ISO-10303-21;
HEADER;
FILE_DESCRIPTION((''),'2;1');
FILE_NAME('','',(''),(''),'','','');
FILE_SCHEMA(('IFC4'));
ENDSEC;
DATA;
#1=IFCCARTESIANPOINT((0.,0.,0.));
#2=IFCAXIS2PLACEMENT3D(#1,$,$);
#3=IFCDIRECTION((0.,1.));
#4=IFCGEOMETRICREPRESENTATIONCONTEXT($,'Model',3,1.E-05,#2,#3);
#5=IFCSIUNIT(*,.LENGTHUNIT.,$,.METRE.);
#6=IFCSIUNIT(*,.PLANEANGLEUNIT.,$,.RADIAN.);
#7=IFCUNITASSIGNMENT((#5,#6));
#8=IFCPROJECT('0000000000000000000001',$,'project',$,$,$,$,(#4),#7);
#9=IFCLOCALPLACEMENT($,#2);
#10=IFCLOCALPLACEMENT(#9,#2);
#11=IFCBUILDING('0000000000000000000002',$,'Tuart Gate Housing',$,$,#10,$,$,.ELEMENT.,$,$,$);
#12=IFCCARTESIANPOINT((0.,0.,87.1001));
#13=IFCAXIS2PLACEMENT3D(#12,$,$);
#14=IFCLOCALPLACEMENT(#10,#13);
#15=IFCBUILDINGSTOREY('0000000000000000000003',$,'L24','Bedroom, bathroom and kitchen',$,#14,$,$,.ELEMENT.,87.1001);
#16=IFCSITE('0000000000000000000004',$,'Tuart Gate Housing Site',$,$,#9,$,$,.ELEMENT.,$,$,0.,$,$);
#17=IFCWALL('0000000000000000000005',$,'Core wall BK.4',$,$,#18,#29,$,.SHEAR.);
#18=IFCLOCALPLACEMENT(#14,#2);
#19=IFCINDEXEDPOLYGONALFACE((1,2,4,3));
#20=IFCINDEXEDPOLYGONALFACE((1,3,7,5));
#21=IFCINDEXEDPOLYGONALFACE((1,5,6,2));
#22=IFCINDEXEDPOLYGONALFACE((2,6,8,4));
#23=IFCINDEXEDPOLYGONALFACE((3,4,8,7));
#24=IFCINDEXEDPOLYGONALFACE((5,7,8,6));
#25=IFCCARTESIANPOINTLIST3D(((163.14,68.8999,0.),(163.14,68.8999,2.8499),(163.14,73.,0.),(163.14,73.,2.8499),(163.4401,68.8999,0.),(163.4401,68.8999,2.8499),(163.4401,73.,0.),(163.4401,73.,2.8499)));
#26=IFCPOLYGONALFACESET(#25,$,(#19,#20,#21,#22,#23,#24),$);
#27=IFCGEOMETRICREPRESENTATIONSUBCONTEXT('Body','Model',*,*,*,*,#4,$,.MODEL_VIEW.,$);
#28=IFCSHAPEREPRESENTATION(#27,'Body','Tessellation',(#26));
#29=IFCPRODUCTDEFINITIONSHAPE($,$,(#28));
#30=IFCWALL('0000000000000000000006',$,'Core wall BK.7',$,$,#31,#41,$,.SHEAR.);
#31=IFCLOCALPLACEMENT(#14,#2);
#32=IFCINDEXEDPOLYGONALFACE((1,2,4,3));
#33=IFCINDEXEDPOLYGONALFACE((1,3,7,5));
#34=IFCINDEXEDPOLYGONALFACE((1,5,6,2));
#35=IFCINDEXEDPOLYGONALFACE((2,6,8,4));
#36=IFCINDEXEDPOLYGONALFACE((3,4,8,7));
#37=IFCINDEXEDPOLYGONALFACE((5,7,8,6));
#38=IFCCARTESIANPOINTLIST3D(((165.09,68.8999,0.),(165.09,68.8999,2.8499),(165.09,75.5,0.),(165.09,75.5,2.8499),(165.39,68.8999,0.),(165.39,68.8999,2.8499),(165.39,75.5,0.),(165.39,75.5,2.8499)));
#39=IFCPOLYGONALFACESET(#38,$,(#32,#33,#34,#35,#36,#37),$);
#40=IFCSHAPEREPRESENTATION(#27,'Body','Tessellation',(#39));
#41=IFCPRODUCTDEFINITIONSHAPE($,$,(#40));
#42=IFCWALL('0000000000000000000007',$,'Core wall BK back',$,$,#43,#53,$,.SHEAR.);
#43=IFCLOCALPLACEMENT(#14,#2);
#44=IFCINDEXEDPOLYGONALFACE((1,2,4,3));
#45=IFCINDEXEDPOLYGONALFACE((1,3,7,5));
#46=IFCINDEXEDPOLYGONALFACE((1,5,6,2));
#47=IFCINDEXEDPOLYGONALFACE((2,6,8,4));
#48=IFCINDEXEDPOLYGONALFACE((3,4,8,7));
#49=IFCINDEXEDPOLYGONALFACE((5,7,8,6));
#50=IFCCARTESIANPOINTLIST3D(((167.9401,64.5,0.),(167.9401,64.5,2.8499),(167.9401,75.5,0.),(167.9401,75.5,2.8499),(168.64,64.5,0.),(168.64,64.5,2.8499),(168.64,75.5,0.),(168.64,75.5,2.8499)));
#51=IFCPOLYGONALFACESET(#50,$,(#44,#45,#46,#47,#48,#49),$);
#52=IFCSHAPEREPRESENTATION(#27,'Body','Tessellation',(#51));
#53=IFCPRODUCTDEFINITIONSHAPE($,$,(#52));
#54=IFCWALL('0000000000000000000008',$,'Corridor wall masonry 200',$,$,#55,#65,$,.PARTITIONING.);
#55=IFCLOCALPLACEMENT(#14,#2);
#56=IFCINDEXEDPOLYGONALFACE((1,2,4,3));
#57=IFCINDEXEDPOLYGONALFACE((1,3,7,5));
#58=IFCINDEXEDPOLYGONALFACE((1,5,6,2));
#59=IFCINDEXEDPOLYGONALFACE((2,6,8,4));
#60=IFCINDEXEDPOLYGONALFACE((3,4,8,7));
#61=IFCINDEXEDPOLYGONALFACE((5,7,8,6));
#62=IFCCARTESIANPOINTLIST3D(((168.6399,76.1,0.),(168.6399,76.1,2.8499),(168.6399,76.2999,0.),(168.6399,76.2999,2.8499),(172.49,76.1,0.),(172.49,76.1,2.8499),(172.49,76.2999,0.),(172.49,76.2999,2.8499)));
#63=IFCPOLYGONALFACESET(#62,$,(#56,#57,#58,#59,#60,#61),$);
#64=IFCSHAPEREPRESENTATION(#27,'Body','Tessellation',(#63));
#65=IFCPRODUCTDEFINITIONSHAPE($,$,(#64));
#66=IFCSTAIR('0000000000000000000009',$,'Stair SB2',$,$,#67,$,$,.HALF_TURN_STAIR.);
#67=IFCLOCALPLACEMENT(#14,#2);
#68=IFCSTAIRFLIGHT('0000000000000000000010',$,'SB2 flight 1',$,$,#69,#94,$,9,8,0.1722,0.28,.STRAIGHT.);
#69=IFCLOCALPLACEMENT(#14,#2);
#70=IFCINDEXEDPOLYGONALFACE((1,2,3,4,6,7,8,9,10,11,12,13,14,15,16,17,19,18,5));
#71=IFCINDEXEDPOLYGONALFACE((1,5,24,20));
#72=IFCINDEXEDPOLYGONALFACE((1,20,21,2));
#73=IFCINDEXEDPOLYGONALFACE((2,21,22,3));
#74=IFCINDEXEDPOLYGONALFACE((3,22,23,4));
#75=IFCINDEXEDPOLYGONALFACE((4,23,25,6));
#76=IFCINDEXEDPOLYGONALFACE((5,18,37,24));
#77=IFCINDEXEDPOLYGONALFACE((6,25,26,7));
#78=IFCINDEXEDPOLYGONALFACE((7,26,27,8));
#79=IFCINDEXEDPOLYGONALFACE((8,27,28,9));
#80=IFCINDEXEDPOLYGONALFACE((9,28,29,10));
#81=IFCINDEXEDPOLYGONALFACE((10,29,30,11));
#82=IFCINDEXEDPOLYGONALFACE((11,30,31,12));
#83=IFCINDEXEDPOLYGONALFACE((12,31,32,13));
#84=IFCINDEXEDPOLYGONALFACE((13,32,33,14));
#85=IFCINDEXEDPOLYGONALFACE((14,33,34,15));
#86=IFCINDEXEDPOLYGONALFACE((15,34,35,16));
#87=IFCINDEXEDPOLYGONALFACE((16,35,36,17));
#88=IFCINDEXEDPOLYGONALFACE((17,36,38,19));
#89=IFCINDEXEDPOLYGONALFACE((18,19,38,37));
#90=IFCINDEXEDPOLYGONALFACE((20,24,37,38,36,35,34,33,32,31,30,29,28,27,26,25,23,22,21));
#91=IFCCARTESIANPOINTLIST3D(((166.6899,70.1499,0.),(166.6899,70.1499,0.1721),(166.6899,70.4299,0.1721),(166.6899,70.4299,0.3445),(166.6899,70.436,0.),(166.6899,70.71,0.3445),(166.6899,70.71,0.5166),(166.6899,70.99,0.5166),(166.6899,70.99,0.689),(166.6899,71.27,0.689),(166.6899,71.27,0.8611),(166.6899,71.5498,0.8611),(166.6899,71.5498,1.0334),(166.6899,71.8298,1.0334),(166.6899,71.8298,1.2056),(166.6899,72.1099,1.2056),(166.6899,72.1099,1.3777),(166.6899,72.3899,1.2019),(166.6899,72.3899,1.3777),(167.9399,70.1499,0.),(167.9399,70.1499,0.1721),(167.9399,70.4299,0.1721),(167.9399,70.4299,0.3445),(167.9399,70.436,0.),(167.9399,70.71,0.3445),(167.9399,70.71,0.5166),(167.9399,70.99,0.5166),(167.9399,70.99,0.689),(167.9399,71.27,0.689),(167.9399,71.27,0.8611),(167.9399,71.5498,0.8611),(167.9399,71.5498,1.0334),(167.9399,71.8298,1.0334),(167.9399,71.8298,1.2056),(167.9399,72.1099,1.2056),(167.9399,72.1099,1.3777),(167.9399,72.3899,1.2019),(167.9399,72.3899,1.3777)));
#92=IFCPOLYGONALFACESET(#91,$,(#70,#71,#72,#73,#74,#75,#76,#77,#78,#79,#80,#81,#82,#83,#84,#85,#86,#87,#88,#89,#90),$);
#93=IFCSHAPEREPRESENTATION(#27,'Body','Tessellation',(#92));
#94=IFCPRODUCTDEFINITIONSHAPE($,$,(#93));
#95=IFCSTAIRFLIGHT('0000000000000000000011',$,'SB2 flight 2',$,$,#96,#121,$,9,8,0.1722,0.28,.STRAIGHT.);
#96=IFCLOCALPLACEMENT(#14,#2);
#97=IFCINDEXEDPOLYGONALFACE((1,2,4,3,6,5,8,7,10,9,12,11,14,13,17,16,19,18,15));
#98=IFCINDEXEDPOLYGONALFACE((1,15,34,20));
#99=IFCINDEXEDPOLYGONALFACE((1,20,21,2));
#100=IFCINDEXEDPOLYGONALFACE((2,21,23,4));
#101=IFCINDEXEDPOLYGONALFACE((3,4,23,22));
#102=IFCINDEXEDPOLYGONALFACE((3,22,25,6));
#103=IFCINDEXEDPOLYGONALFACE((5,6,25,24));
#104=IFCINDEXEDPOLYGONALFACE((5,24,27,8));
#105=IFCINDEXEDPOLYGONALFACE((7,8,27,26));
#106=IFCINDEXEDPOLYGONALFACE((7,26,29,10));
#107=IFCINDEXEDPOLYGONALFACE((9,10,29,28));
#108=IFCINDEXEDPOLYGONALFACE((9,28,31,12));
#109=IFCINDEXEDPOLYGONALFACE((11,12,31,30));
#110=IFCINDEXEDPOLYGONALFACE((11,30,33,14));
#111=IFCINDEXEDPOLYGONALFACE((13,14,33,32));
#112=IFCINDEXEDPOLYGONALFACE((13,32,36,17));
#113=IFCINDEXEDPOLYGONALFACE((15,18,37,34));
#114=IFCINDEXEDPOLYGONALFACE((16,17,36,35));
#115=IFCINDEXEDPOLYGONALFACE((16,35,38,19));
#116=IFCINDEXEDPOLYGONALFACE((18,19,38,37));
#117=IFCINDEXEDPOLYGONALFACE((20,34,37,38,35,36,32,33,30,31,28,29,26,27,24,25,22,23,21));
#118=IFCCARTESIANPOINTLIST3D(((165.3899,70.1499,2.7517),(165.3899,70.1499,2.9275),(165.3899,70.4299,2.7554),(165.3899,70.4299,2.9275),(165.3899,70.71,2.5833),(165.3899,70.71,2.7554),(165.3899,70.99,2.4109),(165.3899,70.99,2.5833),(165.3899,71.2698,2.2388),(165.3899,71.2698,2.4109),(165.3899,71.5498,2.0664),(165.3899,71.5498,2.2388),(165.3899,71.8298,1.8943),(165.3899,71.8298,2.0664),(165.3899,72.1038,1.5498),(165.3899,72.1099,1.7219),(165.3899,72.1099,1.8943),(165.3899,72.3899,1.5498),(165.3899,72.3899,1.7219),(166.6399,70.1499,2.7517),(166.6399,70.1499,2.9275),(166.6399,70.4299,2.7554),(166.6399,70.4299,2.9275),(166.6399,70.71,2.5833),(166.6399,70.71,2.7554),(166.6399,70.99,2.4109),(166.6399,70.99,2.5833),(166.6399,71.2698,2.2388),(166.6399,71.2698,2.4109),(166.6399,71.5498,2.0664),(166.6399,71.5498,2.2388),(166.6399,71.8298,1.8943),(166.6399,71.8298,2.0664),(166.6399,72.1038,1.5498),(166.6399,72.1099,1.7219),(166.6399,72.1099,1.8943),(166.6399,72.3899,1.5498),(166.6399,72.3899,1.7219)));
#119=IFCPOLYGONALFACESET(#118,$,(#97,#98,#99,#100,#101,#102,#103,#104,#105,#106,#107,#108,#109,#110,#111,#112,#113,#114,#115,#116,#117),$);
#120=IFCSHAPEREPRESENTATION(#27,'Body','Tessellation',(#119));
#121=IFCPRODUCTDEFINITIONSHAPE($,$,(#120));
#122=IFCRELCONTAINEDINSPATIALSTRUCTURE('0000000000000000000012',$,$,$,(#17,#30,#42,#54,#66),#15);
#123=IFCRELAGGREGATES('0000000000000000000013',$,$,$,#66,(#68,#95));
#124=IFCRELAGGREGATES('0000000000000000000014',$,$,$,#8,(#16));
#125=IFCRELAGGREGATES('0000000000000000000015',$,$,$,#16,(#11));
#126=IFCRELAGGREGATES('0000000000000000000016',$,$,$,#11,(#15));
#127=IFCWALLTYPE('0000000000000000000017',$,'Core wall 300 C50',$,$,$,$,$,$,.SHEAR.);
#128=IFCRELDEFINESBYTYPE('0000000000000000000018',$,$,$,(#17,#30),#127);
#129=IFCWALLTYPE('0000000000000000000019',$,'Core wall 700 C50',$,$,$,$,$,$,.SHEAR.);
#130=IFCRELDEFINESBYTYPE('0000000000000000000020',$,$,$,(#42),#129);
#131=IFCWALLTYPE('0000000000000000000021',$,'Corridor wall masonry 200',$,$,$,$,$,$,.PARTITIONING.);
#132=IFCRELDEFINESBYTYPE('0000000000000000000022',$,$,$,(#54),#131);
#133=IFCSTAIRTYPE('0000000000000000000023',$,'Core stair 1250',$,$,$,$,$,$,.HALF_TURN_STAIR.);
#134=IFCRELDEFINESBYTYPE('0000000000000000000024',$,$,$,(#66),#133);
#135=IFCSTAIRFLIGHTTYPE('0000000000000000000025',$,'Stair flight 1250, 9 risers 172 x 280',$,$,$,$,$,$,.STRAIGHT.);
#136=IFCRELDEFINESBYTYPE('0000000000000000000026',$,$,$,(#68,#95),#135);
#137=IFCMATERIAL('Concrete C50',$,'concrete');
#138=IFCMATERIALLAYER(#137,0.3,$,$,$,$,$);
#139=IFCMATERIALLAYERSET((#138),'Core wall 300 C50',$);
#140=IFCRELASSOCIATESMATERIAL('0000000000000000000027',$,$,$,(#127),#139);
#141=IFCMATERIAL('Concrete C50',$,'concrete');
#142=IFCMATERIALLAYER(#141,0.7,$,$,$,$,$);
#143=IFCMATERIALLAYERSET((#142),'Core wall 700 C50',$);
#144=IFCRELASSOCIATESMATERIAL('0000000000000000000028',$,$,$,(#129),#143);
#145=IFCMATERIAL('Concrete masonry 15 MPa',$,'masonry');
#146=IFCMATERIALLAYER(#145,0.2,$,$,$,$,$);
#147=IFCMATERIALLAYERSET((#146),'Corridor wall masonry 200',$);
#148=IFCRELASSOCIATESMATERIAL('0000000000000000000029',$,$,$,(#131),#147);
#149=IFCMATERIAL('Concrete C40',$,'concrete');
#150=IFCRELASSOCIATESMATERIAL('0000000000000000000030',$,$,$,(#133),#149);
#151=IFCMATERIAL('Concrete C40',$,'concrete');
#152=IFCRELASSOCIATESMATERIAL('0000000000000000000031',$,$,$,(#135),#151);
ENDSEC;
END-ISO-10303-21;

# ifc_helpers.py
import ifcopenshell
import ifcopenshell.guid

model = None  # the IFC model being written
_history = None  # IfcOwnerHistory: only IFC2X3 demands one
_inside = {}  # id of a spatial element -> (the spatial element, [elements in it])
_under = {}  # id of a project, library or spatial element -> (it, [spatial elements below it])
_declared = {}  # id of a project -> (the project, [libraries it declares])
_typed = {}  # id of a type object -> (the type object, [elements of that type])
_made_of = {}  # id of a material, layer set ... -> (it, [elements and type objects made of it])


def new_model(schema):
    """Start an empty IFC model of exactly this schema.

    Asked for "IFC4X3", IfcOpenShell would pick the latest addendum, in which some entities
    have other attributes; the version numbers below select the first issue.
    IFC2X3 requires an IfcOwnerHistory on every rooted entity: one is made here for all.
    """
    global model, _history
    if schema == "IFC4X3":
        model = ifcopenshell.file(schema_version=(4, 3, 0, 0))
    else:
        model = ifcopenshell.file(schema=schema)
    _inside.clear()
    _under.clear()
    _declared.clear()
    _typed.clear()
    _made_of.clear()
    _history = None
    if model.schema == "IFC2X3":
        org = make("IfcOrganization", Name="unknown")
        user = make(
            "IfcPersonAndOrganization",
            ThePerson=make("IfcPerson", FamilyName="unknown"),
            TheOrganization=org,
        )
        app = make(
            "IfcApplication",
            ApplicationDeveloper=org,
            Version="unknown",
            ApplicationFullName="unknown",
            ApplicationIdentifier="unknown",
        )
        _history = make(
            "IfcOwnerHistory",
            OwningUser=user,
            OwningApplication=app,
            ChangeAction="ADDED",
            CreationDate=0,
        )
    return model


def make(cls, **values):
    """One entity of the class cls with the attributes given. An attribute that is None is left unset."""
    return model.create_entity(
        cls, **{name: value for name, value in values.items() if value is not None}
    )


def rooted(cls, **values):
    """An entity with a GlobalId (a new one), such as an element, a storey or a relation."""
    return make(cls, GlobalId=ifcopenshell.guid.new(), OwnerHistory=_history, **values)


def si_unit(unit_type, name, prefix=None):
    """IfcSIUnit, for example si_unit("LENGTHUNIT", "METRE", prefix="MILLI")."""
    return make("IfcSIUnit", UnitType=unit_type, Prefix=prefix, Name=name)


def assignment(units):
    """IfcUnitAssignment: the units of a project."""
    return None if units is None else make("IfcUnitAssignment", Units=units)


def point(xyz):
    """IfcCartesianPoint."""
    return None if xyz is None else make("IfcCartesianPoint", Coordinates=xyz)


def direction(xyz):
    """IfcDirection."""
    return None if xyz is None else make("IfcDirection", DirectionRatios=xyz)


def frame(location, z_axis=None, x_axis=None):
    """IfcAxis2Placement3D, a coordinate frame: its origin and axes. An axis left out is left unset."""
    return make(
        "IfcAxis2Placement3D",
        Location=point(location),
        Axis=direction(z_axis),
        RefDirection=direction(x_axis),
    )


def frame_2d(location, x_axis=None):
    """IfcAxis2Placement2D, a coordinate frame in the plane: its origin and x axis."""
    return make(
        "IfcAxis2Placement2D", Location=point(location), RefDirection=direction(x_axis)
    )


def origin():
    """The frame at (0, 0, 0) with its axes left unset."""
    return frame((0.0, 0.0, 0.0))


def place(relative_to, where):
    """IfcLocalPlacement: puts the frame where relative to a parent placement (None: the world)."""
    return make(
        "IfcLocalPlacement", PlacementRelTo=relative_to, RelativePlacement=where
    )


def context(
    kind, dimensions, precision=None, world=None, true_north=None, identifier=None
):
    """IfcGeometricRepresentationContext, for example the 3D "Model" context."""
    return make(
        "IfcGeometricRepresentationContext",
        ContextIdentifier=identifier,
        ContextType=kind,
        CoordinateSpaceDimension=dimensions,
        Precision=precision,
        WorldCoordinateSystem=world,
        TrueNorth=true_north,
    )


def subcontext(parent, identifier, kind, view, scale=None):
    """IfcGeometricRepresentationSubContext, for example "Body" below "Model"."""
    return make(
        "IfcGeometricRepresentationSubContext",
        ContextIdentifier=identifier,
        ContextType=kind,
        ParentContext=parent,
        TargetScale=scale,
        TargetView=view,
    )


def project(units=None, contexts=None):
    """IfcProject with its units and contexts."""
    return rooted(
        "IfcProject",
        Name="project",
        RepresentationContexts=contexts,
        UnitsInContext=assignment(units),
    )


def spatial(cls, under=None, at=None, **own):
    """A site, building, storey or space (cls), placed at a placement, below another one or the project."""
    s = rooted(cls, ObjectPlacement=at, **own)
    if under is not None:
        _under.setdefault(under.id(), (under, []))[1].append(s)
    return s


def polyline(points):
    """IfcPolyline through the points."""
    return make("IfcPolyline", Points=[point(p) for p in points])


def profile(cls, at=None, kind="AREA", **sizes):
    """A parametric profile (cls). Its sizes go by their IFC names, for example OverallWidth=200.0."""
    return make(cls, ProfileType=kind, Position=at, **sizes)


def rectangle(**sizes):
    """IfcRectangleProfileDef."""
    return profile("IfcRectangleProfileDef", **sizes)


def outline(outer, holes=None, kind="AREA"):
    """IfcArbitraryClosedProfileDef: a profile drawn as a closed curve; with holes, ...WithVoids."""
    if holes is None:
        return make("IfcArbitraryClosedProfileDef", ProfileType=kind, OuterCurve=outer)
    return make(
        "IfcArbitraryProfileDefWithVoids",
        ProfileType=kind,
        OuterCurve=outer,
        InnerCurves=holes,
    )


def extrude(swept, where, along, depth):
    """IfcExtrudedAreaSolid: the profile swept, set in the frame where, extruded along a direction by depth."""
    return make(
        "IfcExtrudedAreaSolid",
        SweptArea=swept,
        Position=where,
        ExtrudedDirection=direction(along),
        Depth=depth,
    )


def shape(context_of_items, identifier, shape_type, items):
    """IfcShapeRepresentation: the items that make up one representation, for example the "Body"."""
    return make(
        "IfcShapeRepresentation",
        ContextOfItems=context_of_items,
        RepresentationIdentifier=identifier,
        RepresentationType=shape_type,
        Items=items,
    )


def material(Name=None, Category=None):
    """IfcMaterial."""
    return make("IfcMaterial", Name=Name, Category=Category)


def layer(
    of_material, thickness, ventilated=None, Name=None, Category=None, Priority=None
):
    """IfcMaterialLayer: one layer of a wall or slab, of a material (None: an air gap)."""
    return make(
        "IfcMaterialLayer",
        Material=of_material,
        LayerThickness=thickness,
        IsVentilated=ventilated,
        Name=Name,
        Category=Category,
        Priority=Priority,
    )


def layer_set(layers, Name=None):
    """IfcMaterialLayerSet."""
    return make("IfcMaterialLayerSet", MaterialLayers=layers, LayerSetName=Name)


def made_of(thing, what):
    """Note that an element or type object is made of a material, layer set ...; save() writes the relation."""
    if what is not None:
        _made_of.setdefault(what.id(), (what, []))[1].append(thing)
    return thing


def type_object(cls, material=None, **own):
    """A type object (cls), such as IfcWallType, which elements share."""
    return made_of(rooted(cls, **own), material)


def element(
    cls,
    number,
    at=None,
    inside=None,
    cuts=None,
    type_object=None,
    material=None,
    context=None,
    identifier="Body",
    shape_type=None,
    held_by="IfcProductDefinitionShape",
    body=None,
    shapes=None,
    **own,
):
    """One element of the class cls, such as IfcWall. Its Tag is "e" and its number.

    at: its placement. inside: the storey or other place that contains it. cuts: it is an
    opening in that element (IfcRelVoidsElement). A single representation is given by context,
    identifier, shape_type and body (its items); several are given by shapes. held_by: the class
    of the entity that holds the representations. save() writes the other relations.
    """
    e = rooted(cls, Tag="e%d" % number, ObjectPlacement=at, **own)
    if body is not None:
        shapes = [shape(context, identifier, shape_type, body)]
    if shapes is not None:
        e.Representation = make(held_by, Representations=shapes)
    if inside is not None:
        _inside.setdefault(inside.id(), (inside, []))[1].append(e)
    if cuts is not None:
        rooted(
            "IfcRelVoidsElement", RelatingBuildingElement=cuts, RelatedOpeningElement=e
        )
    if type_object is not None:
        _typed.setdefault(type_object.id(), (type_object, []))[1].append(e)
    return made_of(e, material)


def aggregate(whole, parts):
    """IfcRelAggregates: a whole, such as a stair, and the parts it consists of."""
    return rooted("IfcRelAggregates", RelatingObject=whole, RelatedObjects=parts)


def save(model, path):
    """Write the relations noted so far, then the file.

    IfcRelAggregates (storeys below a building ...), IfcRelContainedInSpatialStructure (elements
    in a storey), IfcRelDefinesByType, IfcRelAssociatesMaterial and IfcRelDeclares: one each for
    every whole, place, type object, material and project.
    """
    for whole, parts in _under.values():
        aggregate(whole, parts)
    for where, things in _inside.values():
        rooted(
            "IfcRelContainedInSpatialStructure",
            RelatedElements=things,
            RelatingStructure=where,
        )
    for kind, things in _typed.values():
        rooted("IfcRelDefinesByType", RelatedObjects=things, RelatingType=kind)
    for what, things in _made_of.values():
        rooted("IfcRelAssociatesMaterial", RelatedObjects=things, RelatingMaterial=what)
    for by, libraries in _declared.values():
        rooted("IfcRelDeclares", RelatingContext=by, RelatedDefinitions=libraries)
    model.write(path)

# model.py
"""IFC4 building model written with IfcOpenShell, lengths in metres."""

from ifc_helpers import new_model, si_unit, direction, frame, frame_2d, origin, place, context, subcontext, project, spatial, polyline, rectangle, outline, extrude, material, layer, layer_set, type_object, element, aggregate, save


model = new_model("IFC4")

# Units and contexts
model_context = context("Model", 3, precision=1e-05, world=origin(), true_north=direction((0.0, 1.0)))
body_context = subcontext(model_context, "Body", "Model", "MODEL_VIEW")
ifc_project = project(units=[si_unit("LENGTHUNIT", "METRE"), si_unit("PLANEANGLEUNIT", "RADIAN")], contexts=[model_context])

# Site, building, storey
site_placement = place(None, origin())
site = spatial("IfcSite", under=ifc_project, at=site_placement, Name="Tuart Gate Housing Site", CompositionType="ELEMENT", RefElevation=0.0)
building_placement = place(site_placement, origin())
building = spatial("IfcBuilding", under=site, at=building_placement, Name="Tuart Gate Housing", CompositionType="ELEMENT")
storey_placement = place(building_placement, frame((0.0, 0.0, 87.1001)))
storey = spatial("IfcBuildingStorey", under=building, at=storey_placement, Name="L24", Description="Bedroom, bathroom and kitchen", CompositionType="ELEMENT", Elevation=87.1001)

# Walls
ifc_material_1 = material(Name="Concrete C50", Category="concrete")
ifc_layer_1 = layer(ifc_material_1, 0.3)
ifc_layer_set_1 = layer_set([ifc_layer_1], Name="Core wall 300 C50")
wall_type_1 = type_object("IfcWallType", Name="Core wall 300 C50", PredefinedType="SHEAR", material=ifc_layer_set_1)
wall_1_placement = place(storey_placement, frame((163.29, 73.0, 0.0), z_axis=(0.0, 0.0, 1.0), x_axis=(0.0, -1.0, 0.0)))
element("IfcWall", 1, at=wall_1_placement, inside=storey, type_object=wall_type_1, Name="Core wall BK.4", PredefinedType="SHEAR", context=body_context, shape_type="SweptSolid", body=[
    extrude(rectangle(XDim=4.1001, YDim=0.3, at=frame_2d((2.05, 0.0))), origin(), (0.0, 0.0, 1.0), 2.8499),
])
wall_2_placement = place(storey_placement, frame((165.24, 75.5, 0.0), z_axis=(0.0, 0.0, 1.0), x_axis=(0.0, -1.0, 0.0)))
element("IfcWall", 2, at=wall_2_placement, inside=storey, type_object=wall_type_1, Name="Core wall BK.7", PredefinedType="SHEAR", context=body_context, shape_type="SweptSolid", body=[
    extrude(rectangle(XDim=6.6001, YDim=0.3, at=frame_2d((3.3, 0.0))), origin(), (0.0, 0.0, 1.0), 2.8499),
])
ifc_material_2 = material(Name="Concrete C50", Category="concrete")
ifc_layer_2 = layer(ifc_material_2, 0.7)
ifc_layer_set_2 = layer_set([ifc_layer_2], Name="Core wall 700 C50")
wall_type_2 = type_object("IfcWallType", Name="Core wall 700 C50", PredefinedType="SHEAR", material=ifc_layer_set_2)
wall_3_placement = place(storey_placement, frame((168.29, 75.5, 0.0), z_axis=(0.0, 0.0, 1.0), x_axis=(0.0, -1.0, 0.0)))
element("IfcWall", 3, at=wall_3_placement, inside=storey, type_object=wall_type_2, Name="Core wall BK back", PredefinedType="SHEAR", context=body_context, shape_type="SweptSolid", body=[
    extrude(rectangle(XDim=11.0, YDim=0.7, at=frame_2d((5.5, 0.0))), origin(), (0.0, 0.0, 1.0), 2.8499),
])
ifc_material_3 = material(Name="Concrete masonry 15 MPa", Category="masonry")
ifc_layer_3 = layer(ifc_material_3, 0.2)
ifc_layer_set_3 = layer_set([ifc_layer_3], Name="Corridor wall masonry 200")
wall_type_3 = type_object("IfcWallType", Name="Corridor wall masonry 200", PredefinedType="PARTITIONING", material=ifc_layer_set_3)
wall_4_placement = place(storey_placement, frame((168.6399, 76.2, 0.0), z_axis=(0.0, 0.0, 1.0), x_axis=(1.0, 0.0, 0.0)))
element("IfcWall", 4, at=wall_4_placement, inside=storey, type_object=wall_type_3, Name="Corridor wall masonry 200", PredefinedType="PARTITIONING", context=body_context, shape_type="SweptSolid", body=[
    extrude(rectangle(XDim=3.8501, YDim=0.2, at=frame_2d((1.925, 0.0))), origin(), (0.0, 0.0, 1.0), 2.8499),
])

# Stair, stair flights
ifc_material_4 = material(Name="Concrete C40", Category="concrete")
stair_type = type_object("IfcStairType", Name="Core stair 1250", PredefinedType="HALF_TURN_STAIR", material=ifc_material_4)
stair_placement = place(storey_placement, origin())
stair = element("IfcStair", 5, at=stair_placement, inside=storey, type_object=stair_type, Name="Stair SB2", PredefinedType="HALF_TURN_STAIR")
ifc_material_5 = material(Name="Concrete C40", Category="concrete")
stair_flight_type = type_object("IfcStairFlightType", Name="Stair flight 1250, 9 risers 172 x 280", PredefinedType="STRAIGHT", material=ifc_material_5)
stair_flight_1_placement = place(storey_placement, frame((167.3149, 70.1499, 0.0), z_axis=(0.0, 0.0, 1.0), x_axis=(0.0, 1.0, 0.0)))
stair_flight_1 = element("IfcStairFlight", 6, at=stair_flight_1_placement, type_object=stair_flight_type, Name="SB2 flight 1", NumberOfRisers=9, NumberOfTreads=8, PredefinedType="STRAIGHT", RiserHeight=0.1722, TreadLength=0.28, context=body_context, shape_type="SweptSolid", body=[
    extrude(outline(polyline([(0.0, 0.0), (0.0, 0.1721), (0.28, 0.1721), (0.28, 0.3445), (0.5601, 0.3445), (0.5601, 0.5166), (0.8401, 0.5166), (0.8401, 0.689), (1.1201, 0.689), (1.1201, 0.8611), (1.3999, 0.8611), (1.3999, 1.0334), (1.6799, 1.0334), (1.6799, 1.2056), (1.96, 1.2056), (1.96, 1.3777), (2.24, 1.3777), (2.24, 1.55), (2.24, 1.2019), (0.2861, 0.0), (0.0, 0.0)])), frame((0.0, 0.625, 0.0), z_axis=(0.0, -1.0, 0.0), x_axis=(1.0, 0.0, 0.0)), (0.0, 0.0, 1.0), 1.25),
])
stair_flight_2_placement = place(storey_placement, frame((166.0149, 72.3899, 1.5498), z_axis=(0.0, 0.0, 1.0), x_axis=(0.0, -1.0, 0.0)))
stair_flight_2 = element("IfcStairFlight", 7, at=stair_flight_2_placement, type_object=stair_flight_type, Name="SB2 flight 2", NumberOfRisers=9, NumberOfTreads=8, PredefinedType="STRAIGHT", RiserHeight=0.1722, TreadLength=0.28, context=body_context, shape_type="SweptSolid", body=[
    extrude(outline(polyline([(0.0, 0.0), (0.0, 0.1721), (0.28, 0.1721), (0.28, 0.3445), (0.5601, 0.3445), (0.5601, 0.5166), (0.8401, 0.5166), (0.8401, 0.689), (1.1201, 0.689), (1.1201, 0.8611), (1.3999, 0.8611), (1.3999, 1.0334), (1.6799, 1.0334), (1.6799, 1.2056), (1.96, 1.2056), (1.96, 1.3777), (2.24, 1.3777), (2.24, 1.55), (2.24, 1.2019), (0.2861, 0.0), (0.0, 0.0)])), frame((0.0, 0.625, 0.0), z_axis=(0.0, -1.0, 0.0), x_axis=(1.0, 0.0, 0.0)), (0.0, 0.0, 1.0), 1.25),
])
aggregate(stair, [stair_flight_1, stair_flight_2])

save(model, "model.ifc")
